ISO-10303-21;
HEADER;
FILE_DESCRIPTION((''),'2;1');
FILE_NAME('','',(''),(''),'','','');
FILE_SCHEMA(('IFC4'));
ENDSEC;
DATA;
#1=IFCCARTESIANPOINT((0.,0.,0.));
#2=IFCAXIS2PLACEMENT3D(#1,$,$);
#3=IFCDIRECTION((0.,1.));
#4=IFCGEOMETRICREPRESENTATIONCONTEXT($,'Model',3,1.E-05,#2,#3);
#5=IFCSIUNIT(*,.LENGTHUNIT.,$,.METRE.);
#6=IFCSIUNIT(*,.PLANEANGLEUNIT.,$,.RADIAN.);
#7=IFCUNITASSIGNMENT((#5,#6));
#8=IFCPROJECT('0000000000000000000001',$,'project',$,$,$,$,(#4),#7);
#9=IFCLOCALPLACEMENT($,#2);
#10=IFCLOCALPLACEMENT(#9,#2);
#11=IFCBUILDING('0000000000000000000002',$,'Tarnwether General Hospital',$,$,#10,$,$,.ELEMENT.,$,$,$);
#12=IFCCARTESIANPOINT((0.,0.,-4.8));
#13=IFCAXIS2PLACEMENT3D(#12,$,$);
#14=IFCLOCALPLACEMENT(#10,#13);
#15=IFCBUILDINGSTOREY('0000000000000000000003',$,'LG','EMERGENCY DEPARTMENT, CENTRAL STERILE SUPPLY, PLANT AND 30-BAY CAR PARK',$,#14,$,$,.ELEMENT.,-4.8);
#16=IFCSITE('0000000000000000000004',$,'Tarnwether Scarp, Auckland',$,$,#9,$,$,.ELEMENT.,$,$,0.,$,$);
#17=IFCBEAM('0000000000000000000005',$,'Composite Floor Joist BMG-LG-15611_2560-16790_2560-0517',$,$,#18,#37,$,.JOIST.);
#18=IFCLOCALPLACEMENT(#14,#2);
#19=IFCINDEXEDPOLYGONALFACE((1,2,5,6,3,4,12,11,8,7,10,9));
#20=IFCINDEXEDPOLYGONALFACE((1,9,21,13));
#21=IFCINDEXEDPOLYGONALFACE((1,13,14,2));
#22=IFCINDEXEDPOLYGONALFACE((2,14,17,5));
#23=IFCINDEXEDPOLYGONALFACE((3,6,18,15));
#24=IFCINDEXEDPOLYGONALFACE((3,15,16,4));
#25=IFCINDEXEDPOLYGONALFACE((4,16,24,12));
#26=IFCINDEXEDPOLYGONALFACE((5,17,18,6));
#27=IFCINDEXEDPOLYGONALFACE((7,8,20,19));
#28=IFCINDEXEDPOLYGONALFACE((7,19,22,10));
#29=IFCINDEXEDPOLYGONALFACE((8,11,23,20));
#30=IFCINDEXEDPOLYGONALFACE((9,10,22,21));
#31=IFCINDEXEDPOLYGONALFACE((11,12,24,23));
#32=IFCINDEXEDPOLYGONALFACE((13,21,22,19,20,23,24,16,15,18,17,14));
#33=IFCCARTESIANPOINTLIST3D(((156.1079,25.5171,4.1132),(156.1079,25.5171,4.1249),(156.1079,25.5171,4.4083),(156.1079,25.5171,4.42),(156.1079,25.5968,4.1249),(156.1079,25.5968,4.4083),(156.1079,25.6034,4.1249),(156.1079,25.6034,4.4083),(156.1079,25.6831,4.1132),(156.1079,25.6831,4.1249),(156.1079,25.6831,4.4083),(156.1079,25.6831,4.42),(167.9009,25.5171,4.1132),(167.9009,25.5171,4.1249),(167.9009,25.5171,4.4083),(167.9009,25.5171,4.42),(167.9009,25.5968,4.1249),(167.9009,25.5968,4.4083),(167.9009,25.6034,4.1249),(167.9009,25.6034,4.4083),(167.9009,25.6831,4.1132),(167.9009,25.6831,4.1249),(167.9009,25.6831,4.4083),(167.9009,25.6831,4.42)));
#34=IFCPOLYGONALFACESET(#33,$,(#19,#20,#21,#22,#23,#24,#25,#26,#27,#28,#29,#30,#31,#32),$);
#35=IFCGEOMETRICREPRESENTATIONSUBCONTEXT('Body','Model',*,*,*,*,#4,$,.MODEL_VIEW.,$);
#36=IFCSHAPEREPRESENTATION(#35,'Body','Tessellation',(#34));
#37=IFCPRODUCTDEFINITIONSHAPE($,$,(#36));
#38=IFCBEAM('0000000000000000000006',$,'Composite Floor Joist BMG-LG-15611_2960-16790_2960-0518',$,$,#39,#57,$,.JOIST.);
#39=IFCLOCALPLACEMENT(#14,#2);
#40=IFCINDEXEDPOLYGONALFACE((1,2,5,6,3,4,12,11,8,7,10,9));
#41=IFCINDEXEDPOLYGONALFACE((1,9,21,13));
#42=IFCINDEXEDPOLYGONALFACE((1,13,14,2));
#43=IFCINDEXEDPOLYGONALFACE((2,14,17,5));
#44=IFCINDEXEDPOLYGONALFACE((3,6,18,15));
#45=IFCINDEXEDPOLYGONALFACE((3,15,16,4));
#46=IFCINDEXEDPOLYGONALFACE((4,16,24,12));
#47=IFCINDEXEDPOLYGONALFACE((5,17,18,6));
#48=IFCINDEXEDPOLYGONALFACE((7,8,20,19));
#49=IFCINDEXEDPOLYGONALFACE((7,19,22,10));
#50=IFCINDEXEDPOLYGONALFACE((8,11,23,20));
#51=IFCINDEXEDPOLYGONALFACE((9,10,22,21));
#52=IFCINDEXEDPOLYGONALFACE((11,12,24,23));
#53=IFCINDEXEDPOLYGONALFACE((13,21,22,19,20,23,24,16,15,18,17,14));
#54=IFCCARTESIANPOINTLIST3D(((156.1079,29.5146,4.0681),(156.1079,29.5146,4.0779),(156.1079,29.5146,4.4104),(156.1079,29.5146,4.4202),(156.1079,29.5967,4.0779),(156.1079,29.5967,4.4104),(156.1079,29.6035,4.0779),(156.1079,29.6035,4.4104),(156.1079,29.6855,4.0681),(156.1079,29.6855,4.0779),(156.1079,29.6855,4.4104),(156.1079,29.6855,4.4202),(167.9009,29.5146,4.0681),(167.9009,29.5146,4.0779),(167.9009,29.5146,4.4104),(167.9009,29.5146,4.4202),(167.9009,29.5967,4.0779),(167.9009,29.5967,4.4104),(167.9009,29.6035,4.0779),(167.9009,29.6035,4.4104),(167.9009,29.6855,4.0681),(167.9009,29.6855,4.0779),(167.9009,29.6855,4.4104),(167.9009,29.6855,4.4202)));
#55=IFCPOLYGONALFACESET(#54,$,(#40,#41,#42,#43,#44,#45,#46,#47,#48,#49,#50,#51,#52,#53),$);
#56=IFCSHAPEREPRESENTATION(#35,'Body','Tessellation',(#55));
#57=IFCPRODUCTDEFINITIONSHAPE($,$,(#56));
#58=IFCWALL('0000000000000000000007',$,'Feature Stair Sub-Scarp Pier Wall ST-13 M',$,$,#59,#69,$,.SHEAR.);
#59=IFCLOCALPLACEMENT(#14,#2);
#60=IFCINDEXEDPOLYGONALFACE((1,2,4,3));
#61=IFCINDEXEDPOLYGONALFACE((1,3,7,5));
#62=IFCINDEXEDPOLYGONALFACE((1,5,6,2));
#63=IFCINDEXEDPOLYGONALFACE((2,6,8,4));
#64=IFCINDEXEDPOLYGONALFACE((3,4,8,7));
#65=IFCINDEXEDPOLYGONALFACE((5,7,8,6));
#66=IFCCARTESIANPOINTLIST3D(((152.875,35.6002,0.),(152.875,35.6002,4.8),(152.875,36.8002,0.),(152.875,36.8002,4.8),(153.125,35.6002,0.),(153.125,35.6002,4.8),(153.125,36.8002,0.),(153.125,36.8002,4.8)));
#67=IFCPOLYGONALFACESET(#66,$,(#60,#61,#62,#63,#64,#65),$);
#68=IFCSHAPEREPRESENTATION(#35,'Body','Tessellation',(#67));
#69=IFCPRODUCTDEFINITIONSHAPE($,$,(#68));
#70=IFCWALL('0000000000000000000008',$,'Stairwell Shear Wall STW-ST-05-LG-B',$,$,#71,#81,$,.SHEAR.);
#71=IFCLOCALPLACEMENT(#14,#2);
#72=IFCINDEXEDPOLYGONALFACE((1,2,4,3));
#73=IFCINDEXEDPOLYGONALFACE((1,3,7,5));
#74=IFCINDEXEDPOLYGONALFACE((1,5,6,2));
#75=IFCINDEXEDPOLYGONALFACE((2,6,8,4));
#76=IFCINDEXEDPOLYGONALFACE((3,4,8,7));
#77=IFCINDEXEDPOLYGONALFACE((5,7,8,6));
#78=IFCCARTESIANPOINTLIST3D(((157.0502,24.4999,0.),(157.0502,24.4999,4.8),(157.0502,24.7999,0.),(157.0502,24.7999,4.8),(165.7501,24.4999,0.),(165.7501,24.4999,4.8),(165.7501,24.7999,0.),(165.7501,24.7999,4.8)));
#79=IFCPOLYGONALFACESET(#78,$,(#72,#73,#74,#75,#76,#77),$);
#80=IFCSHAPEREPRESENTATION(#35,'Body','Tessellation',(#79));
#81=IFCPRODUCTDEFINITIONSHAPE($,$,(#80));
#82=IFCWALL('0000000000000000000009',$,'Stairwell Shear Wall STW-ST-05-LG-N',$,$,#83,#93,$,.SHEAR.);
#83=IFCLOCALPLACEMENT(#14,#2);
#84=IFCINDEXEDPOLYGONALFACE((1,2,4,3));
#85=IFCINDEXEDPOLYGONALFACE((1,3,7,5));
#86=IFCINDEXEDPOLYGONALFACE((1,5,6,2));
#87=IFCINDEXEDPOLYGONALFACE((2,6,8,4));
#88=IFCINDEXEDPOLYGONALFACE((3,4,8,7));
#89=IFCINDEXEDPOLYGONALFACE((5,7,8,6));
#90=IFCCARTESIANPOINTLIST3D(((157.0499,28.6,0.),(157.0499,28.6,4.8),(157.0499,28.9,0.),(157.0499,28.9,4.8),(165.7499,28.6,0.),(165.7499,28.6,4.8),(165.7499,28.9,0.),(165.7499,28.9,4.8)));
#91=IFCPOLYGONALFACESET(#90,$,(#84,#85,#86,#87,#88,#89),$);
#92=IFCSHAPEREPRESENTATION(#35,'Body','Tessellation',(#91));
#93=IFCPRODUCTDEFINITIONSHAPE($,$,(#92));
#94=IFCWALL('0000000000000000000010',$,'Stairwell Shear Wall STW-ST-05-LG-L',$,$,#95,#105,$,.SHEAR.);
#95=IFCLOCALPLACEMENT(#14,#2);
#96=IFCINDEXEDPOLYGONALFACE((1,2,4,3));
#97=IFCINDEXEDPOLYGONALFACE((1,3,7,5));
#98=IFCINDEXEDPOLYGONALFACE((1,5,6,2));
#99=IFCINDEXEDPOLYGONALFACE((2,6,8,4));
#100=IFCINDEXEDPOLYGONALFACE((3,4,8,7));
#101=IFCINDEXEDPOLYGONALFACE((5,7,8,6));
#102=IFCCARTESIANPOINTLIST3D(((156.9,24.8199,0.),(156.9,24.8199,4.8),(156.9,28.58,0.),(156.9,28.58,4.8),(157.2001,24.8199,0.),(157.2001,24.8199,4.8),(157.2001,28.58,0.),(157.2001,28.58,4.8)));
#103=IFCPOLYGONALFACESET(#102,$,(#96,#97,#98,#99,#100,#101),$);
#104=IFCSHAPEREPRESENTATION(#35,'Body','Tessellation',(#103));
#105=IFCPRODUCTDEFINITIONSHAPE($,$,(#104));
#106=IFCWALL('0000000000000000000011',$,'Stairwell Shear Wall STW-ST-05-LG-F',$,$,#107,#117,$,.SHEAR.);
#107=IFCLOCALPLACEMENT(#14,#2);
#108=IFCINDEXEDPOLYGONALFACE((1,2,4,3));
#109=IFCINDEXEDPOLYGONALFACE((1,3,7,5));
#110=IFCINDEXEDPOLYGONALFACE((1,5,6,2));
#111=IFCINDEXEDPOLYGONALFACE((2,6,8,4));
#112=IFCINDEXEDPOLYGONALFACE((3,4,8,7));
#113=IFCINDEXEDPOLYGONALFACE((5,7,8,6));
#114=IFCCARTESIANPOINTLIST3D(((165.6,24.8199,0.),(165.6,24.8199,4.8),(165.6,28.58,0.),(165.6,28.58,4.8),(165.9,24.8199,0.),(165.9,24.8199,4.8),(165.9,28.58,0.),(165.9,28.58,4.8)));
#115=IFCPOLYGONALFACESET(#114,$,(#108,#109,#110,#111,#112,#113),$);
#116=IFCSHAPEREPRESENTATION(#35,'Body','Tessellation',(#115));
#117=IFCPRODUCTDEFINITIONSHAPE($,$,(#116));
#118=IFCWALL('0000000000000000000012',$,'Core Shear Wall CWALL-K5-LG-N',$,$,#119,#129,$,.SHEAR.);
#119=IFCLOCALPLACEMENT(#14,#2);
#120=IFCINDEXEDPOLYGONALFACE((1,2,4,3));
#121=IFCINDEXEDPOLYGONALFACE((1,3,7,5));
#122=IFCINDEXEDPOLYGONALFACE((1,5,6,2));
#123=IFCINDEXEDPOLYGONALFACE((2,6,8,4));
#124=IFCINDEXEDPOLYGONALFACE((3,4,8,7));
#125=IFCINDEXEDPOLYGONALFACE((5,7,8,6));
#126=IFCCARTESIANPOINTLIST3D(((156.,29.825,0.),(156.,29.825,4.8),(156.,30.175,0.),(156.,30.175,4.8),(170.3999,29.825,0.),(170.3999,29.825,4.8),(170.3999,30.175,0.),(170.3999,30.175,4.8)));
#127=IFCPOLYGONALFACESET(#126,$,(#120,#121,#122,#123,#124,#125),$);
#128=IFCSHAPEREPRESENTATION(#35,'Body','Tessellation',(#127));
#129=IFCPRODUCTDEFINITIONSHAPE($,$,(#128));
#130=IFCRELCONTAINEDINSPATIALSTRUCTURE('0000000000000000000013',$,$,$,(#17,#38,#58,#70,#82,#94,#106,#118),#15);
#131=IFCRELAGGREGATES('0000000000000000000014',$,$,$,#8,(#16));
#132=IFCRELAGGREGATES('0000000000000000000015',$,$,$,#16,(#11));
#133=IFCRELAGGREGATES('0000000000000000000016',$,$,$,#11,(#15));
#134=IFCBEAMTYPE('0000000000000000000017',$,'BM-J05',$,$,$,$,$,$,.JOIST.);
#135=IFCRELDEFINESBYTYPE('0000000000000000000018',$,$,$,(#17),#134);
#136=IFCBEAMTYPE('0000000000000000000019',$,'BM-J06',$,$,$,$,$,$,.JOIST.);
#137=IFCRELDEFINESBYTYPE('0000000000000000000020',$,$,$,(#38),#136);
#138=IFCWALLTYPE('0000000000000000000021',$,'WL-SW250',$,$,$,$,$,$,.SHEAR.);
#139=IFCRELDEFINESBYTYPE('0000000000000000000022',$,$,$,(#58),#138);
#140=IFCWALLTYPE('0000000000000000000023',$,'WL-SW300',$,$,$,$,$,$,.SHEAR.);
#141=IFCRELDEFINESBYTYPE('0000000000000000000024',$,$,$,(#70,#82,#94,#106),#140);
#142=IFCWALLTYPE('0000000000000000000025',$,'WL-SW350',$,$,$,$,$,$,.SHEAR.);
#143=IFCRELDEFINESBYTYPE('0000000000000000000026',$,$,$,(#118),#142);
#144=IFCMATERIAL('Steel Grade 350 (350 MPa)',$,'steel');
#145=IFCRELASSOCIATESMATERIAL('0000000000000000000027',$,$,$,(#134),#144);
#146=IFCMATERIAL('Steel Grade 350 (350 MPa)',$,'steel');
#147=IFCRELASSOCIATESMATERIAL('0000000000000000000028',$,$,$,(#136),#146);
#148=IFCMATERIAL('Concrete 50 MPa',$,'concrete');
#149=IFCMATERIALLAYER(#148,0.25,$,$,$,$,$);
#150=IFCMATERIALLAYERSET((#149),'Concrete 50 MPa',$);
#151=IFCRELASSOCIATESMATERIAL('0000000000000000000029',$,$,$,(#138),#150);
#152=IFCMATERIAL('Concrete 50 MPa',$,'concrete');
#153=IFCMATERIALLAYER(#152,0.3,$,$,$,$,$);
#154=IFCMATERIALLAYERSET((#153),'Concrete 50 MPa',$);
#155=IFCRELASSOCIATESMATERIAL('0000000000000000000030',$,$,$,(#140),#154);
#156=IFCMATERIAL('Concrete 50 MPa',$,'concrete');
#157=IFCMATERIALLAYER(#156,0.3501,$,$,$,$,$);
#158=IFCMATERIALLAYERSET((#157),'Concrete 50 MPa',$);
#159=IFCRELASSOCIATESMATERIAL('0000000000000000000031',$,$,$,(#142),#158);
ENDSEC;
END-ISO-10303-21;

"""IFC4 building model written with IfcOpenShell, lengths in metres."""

from ifc_helpers import new_model, si_unit, direction, frame, frame_2d, origin, origin_2d, place, context, subcontext, project, spatial, rectangle, i_section, extrude, material, layer, layer_set, material_profile, profile_set, type_object, element, save


model = new_model("IFC4")

# Units and contexts
model_context = context("Model", 3, precision=1e-05, world=origin(), true_north=direction((0.0, 1.0)))
body_context = subcontext(model_context, "Body", "Model", "MODEL_VIEW")
ifc_project = project(units=[si_unit("LENGTHUNIT", "METRE"), si_unit("PLANEANGLEUNIT", "RADIAN")], contexts=[model_context])

# Site, building, storey
site_placement = place(None, origin())
site = spatial("IfcSite", under=ifc_project, at=site_placement, Name="Tarnwether Scarp, Auckland", CompositionType="ELEMENT", RefElevation=0.0)
building_placement = place(site_placement, origin())
building = spatial("IfcBuilding", under=site, at=building_placement, Name="Tarnwether General Hospital", CompositionType="ELEMENT")
storey_placement = place(building_placement, frame((0.0, 0.0, -4.8)))
storey = spatial("IfcBuildingStorey", under=building, at=storey_placement, Name="LG", Description="EMERGENCY DEPARTMENT, CENTRAL STERILE SUPPLY, PLANT AND 30-BAY CAR PARK", CompositionType="ELEMENT", Elevation=-4.8)

# Beams
ifc_material_1 = material(Name="Steel Grade 350 (350 MPa)", Category="steel")
ifc_material_profile_1 = material_profile(ifc_material_1, i_section(OverallWidth=0.166, OverallDepth=0.3069, WebThickness=0.0066, FlangeThickness=0.0117, at=origin_2d()), Name="310UB46.2")
ifc_profile_set_1 = profile_set([ifc_material_profile_1], Name="Steel Grade 350 (350 MPa)")
beam_type_1 = type_object("IfcBeamType", Name="BM-J05", PredefinedType="JOIST", material=ifc_profile_set_1)
beam_1_placement = place(storey_placement, frame((156.1079, 25.6001, 4.2666), z_axis=(1.0, 0.0, 0.0), x_axis=(0.0, 1.0, 0.0)))
element("IfcBeam", 1, at=beam_1_placement, inside=storey, type_object=beam_type_1, Name="Composite Floor Joist BMG-LG-15611_2560-16790_2560-0517", PredefinedType="JOIST", context=body_context, shape_type="SweptSolid", body=[
    extrude(i_section(OverallWidth=0.166, OverallDepth=0.3069, WebThickness=0.0066, FlangeThickness=0.0117, at=origin_2d()), origin(), (0.0, 0.0, 1.0), 11.793),
])
ifc_material_2 = material(Name="Steel Grade 350 (350 MPa)", Category="steel")
ifc_material_profile_2 = material_profile(ifc_material_2, i_section(OverallWidth=0.1709, OverallDepth=0.3521, WebThickness=0.0068, FlangeThickness=0.0098, at=origin_2d()), Name="360UB44.7")
ifc_profile_set_2 = profile_set([ifc_material_profile_2], Name="Steel Grade 350 (350 MPa)")
beam_type_2 = type_object("IfcBeamType", Name="BM-J06", PredefinedType="JOIST", material=ifc_profile_set_2)
beam_2_placement = place(storey_placement, frame((156.1079, 29.6001, 4.2441), z_axis=(1.0, 0.0, 0.0), x_axis=(0.0, 1.0, 0.0)))
element("IfcBeam", 2, at=beam_2_placement, inside=storey, type_object=beam_type_2, Name="Composite Floor Joist BMG-LG-15611_2960-16790_2960-0518", PredefinedType="JOIST", context=body_context, shape_type="SweptSolid", body=[
    extrude(i_section(OverallWidth=0.1709, OverallDepth=0.3521, WebThickness=0.0068, FlangeThickness=0.0098, at=origin_2d()), origin(), (0.0, 0.0, 1.0), 11.793),
])

# Walls
ifc_material_3 = material(Name="Concrete 50 MPa", Category="concrete")
ifc_layer_1 = layer(ifc_material_3, 0.25)
ifc_layer_set_1 = layer_set([ifc_layer_1], Name="Concrete 50 MPa")
wall_type_1 = type_object("IfcWallType", Name="WL-SW250", PredefinedType="SHEAR", material=ifc_layer_set_1)
wall_1_placement = place(storey_placement, frame((153.0, 35.6001, 0.0), z_axis=(0.0, 0.0, 1.0), x_axis=(0.0, 1.0, 0.0)))
element("IfcWall", 3, at=wall_1_placement, inside=storey, type_object=wall_type_1, Name="Feature Stair Sub-Scarp Pier Wall ST-13 M", PredefinedType="SHEAR", context=body_context, shape_type="SweptSolid", body=[
    extrude(rectangle(XDim=1.2, YDim=0.25, at=frame_2d((0.6001, 0.0))), origin(), (0.0, 0.0, 1.0), 4.8),
])
ifc_material_4 = material(Name="Concrete 50 MPa", Category="concrete")
ifc_layer_2 = layer(ifc_material_4, 0.3)
ifc_layer_set_2 = layer_set([ifc_layer_2], Name="Concrete 50 MPa")
wall_type_2 = type_object("IfcWallType", Name="WL-SW300", PredefinedType="SHEAR", material=ifc_layer_set_2)
for number, where, z_axis, x_axis, name in (
    (4, (157.05, 24.6499, 0.0), (0.0, 0.0, 1.0), (1.0, 0.0, 0.0), "Stairwell Shear Wall STW-ST-05-LG-B"),
    (5, (165.75, 28.75, 0.0), (0.0, 0.0, 1.0), (-1.0, 0.0, 0.0), "Stairwell Shear Wall STW-ST-05-LG-N"),
):
    element("IfcWall", number, at=place(storey_placement, frame(where, z_axis=z_axis, x_axis=x_axis)), inside=storey, type_object=wall_type_2, Name=name, PredefinedType="SHEAR", context=body_context, shape_type="SweptSolid", body=[
        extrude(rectangle(XDim=8.7, YDim=0.3, at=frame_2d((4.3501, 0.0))), origin(), (0.0, 0.0, 1.0), 4.8),
    ])
for number, where, z_axis, x_axis, name in (
    (6, (157.05, 24.8201, 0.0), (0.0, 0.0, 1.0), (0.0, 1.0, 0.0), "Stairwell Shear Wall STW-ST-05-LG-L"),
    (7, (165.75, 24.8201, 0.0), (0.0, 0.0, 1.0), (0.0, 1.0, 0.0), "Stairwell Shear Wall STW-ST-05-LG-F"),
):
    element("IfcWall", number, at=place(storey_placement, frame(where, z_axis=z_axis, x_axis=x_axis)), inside=storey, type_object=wall_type_2, Name=name, PredefinedType="SHEAR", context=body_context, shape_type="SweptSolid", body=[
        extrude(rectangle(XDim=3.76, YDim=0.3, at=frame_2d((1.8799, 0.0))), origin(), (0.0, 0.0, 1.0), 4.8),
    ])
ifc_material_5 = material(Name="Concrete 50 MPa", Category="concrete")
ifc_layer_3 = layer(ifc_material_5, 0.3501)
ifc_layer_set_3 = layer_set([ifc_layer_3], Name="Concrete 50 MPa")
wall_type_3 = type_object("IfcWallType", Name="WL-SW350", PredefinedType="SHEAR", material=ifc_layer_set_3)
wall_2_placement = place(storey_placement, frame((156.0, 30.0, 0.0), z_axis=(0.0, 0.0, 1.0), x_axis=(1.0, 0.0, 0.0)))
element("IfcWall", 8, at=wall_2_placement, inside=storey, type_object=wall_type_3, Name="Core Shear Wall CWALL-K5-LG-N", PredefinedType="SHEAR", context=body_context, shape_type="SweptSolid", body=[
    extrude(rectangle(XDim=14.3999, YDim=0.3501, at=frame_2d((7.2, 0.0))), origin(), (0.0, 0.0, 1.0), 4.8),
])

save(model, "model.ifc")
